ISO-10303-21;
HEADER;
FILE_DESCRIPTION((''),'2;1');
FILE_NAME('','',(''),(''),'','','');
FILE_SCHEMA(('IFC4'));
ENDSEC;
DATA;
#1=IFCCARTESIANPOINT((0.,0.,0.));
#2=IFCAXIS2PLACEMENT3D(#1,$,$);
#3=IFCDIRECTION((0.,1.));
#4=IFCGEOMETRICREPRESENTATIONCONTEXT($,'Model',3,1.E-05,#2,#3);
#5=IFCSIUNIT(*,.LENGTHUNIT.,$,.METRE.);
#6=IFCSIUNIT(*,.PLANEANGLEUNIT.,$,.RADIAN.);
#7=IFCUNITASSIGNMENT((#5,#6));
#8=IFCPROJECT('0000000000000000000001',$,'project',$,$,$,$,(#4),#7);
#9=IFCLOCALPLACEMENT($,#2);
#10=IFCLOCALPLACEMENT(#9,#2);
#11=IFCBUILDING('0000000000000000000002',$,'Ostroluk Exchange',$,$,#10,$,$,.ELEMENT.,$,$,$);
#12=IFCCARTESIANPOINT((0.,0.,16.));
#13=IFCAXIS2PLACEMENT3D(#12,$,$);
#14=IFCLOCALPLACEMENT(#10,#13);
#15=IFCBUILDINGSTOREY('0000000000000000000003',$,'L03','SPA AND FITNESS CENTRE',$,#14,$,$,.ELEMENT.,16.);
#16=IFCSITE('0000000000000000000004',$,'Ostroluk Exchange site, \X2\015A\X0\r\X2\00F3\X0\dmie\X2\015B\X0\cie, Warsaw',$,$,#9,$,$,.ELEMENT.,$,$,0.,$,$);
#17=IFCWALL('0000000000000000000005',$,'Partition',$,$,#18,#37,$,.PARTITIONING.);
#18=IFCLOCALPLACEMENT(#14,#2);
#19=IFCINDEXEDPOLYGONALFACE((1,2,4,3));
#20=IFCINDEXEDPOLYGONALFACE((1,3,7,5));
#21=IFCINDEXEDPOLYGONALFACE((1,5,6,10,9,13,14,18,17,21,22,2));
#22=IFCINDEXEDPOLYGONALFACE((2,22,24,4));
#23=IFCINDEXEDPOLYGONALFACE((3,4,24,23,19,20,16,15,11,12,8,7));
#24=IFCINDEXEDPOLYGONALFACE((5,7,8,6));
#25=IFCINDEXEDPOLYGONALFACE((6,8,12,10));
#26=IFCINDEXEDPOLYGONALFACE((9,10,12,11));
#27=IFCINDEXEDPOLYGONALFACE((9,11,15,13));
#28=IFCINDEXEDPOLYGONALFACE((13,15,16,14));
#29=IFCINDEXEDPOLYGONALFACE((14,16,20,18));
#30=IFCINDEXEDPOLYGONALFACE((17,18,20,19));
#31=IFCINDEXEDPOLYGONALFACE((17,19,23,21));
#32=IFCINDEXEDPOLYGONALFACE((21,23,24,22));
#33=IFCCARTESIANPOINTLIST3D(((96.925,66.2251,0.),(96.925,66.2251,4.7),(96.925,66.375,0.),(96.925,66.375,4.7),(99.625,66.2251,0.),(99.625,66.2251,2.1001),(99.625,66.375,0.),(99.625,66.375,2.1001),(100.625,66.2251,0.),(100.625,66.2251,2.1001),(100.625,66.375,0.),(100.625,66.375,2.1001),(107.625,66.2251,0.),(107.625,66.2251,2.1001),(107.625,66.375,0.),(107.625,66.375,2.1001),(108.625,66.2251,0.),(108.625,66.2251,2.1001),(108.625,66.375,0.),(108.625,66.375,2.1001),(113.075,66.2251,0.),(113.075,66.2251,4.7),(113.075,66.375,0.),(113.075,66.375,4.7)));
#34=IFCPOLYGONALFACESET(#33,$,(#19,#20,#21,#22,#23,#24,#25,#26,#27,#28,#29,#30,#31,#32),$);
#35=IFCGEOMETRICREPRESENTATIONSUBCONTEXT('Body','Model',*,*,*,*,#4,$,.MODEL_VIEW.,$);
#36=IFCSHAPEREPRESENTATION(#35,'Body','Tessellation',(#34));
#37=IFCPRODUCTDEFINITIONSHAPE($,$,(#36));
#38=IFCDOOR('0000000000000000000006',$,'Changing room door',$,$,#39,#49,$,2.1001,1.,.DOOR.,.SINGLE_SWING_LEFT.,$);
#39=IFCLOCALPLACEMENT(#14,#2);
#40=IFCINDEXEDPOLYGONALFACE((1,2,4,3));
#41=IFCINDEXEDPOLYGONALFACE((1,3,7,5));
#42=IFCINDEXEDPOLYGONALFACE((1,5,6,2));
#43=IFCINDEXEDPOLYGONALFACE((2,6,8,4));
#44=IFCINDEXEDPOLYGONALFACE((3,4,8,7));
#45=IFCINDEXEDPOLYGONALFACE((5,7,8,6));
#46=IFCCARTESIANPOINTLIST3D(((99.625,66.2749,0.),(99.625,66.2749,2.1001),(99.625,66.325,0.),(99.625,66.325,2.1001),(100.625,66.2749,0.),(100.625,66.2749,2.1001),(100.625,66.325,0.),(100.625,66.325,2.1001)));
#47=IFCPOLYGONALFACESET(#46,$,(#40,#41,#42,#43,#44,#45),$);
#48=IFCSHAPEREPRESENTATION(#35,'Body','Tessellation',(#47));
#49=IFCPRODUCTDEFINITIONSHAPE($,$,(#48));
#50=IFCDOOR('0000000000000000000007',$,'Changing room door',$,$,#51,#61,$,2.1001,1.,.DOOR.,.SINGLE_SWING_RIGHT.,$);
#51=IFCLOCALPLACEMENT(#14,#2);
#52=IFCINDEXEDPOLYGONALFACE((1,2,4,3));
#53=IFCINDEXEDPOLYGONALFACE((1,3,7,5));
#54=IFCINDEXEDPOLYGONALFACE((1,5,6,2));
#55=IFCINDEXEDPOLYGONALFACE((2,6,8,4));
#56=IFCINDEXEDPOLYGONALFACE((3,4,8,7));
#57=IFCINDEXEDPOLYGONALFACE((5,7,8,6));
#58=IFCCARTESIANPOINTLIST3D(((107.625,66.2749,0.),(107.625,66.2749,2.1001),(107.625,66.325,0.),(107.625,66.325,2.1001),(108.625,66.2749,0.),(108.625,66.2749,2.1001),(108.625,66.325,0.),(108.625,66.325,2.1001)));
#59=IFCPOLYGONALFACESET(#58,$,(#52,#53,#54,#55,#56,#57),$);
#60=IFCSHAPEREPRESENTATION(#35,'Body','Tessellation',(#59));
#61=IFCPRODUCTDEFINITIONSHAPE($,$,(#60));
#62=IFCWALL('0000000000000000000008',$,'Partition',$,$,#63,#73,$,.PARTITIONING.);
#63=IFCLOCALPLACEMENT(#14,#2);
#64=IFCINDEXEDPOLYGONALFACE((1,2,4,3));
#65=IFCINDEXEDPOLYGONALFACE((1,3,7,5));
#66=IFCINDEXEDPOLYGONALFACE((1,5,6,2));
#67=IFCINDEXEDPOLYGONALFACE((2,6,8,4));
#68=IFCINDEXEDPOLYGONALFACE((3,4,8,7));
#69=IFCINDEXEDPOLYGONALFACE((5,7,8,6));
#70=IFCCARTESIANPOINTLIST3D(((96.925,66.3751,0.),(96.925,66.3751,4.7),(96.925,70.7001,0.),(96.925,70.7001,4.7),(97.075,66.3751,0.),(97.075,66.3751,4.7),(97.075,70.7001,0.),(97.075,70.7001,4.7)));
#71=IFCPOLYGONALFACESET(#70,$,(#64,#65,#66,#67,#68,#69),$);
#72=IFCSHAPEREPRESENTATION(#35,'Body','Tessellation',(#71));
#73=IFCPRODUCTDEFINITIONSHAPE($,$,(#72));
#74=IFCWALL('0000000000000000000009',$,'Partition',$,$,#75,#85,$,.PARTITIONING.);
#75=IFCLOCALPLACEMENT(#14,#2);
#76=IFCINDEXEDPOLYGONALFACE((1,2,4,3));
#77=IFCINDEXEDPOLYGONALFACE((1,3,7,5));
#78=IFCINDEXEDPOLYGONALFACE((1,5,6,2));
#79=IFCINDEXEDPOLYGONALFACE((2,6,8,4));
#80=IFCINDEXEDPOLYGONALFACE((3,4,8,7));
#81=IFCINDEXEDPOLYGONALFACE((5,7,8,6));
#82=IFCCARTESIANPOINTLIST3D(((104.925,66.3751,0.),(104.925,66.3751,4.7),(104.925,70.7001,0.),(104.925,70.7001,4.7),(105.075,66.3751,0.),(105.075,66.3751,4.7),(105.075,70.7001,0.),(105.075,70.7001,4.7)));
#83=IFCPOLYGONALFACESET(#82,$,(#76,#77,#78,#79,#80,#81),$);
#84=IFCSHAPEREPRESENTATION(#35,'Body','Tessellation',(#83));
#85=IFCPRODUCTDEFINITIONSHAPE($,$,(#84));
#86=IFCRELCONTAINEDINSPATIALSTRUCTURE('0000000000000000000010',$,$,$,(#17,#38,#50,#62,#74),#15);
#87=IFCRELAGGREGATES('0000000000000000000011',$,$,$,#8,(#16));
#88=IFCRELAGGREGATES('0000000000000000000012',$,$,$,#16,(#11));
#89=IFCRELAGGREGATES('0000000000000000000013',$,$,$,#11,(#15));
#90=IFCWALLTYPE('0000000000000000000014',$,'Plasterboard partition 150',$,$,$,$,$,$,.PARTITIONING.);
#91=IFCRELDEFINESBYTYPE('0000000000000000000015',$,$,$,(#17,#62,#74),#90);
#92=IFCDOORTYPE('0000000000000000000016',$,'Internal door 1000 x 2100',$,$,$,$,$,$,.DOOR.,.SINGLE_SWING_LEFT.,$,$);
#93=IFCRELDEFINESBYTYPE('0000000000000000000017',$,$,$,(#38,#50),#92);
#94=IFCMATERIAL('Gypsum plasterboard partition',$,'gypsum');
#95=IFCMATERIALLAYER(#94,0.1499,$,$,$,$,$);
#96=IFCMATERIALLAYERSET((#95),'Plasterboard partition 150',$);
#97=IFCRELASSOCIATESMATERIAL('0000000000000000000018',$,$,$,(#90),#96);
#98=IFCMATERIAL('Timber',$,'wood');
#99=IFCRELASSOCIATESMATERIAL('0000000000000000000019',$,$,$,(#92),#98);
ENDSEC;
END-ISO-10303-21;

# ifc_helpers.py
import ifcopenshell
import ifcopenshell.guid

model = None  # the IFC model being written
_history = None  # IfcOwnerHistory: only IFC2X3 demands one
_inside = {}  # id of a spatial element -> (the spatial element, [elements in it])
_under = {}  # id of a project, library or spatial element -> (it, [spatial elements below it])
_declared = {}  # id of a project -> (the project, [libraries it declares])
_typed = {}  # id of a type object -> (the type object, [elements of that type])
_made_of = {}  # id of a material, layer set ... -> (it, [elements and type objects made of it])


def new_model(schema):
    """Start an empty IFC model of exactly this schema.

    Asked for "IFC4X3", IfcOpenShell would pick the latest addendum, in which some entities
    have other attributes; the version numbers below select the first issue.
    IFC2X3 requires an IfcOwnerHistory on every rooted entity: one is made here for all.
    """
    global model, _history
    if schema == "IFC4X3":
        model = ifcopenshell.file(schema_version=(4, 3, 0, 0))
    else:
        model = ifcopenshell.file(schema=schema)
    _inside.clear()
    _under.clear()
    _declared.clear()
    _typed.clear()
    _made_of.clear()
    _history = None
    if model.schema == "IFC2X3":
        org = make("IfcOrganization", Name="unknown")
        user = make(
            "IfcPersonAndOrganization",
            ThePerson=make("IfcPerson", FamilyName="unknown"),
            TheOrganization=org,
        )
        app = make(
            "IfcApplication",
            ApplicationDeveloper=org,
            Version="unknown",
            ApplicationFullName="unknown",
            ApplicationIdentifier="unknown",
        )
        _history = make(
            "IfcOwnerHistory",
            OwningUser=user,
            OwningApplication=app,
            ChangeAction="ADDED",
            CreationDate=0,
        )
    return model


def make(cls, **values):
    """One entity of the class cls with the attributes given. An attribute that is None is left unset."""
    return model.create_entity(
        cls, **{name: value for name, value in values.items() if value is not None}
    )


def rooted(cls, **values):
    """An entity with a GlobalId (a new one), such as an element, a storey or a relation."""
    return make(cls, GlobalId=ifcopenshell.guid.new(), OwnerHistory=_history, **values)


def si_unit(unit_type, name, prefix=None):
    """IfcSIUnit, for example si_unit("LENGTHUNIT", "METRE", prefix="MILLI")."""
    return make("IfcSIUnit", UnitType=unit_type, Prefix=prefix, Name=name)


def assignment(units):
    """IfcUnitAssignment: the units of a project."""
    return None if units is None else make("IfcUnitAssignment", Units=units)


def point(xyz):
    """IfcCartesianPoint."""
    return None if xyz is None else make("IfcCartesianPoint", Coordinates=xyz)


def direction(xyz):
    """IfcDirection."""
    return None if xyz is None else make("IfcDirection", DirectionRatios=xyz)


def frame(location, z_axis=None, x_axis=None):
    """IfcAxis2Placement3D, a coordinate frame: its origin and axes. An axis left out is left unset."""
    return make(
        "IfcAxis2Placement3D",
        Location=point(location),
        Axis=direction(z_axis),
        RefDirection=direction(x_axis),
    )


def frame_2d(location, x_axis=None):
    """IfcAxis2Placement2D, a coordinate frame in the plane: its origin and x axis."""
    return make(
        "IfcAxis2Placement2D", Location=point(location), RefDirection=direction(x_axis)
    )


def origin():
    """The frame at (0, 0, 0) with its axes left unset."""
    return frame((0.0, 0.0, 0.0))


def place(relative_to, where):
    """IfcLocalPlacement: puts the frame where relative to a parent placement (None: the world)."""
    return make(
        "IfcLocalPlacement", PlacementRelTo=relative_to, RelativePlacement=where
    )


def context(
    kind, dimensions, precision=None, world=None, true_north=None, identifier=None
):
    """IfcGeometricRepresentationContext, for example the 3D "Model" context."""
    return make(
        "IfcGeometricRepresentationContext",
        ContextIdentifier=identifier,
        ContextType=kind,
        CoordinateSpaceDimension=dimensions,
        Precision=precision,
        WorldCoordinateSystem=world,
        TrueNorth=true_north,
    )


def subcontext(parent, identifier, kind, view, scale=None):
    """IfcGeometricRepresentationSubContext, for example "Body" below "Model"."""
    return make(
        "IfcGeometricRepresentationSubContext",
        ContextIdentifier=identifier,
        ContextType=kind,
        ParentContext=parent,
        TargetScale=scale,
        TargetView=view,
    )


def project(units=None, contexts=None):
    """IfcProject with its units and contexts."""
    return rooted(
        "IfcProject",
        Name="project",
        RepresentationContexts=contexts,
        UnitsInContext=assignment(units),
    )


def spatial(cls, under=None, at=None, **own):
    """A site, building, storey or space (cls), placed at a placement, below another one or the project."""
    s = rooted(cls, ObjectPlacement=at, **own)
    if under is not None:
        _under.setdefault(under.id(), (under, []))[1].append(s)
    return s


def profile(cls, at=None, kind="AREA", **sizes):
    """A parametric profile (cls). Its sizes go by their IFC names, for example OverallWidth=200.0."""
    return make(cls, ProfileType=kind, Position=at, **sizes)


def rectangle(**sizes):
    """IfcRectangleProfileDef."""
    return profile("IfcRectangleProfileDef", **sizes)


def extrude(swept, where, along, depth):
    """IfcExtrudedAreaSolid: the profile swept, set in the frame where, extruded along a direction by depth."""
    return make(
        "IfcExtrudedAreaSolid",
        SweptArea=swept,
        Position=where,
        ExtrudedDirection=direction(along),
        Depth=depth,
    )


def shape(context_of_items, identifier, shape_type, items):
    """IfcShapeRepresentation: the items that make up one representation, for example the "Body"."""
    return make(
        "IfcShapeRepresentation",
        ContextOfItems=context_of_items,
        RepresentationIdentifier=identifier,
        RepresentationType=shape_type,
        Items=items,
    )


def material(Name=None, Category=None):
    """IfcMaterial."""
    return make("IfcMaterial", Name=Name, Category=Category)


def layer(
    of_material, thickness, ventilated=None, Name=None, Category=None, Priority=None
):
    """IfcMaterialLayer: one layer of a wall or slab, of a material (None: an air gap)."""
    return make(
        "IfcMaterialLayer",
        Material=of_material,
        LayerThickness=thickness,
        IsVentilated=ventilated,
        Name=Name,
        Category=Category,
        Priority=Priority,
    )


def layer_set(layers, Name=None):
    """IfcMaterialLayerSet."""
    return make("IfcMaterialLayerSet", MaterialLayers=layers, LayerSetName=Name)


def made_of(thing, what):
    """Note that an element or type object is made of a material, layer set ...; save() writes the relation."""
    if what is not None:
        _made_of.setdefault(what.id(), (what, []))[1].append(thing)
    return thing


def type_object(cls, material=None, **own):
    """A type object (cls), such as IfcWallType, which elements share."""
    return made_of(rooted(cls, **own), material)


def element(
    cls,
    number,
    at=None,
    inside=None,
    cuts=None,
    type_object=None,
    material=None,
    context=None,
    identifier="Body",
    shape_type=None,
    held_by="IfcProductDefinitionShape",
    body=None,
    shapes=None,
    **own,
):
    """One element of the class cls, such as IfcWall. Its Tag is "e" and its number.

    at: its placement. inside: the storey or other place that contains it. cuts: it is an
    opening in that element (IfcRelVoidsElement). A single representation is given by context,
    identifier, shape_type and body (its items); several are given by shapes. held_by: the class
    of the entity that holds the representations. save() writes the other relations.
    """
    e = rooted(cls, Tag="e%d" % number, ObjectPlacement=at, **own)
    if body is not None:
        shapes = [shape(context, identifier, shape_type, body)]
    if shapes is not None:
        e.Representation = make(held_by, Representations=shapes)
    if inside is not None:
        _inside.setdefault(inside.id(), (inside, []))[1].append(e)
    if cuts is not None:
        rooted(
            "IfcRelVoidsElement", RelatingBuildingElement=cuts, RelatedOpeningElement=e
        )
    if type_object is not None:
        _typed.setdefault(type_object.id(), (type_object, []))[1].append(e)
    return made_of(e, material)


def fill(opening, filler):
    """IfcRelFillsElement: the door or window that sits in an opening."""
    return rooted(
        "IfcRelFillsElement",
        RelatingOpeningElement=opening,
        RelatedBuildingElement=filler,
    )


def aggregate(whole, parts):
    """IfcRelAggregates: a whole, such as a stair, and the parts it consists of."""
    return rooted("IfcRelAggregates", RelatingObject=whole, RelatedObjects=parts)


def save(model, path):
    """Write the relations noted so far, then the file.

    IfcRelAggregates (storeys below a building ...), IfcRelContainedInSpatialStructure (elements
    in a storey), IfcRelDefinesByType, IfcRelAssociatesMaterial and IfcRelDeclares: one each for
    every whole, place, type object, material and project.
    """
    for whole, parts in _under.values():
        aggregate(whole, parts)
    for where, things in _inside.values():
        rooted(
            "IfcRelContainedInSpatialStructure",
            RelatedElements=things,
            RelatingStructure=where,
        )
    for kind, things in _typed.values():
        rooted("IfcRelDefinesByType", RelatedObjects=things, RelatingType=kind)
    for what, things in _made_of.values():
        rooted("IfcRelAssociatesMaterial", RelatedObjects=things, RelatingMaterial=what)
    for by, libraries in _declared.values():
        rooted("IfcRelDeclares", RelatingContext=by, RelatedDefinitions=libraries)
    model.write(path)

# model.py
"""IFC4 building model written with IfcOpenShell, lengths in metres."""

from ifc_helpers import new_model, si_unit, direction, frame, frame_2d, origin, place, context, subcontext, project, spatial, rectangle, extrude, material, layer, layer_set, type_object, element, fill, save


model = new_model("IFC4")

# Units and contexts
model_context = context("Model", 3, precision=1e-05, world=origin(), true_north=direction((0.0, 1.0)))
body_context = subcontext(model_context, "Body", "Model", "MODEL_VIEW")
ifc_project = project(units=[si_unit("LENGTHUNIT", "METRE"), si_unit("PLANEANGLEUNIT", "RADIAN")], contexts=[model_context])

# Site, building, storey
site_placement = place(None, origin())
site = spatial("IfcSite", under=ifc_project, at=site_placement, Name="Ostroluk Exchange site, Śródmieście, Warsaw", CompositionType="ELEMENT", RefElevation=0.0)
building_placement = place(site_placement, origin())
building = spatial("IfcBuilding", under=site, at=building_placement, Name="Ostroluk Exchange", CompositionType="ELEMENT")
storey_placement = place(building_placement, frame((0.0, 0.0, 16.0)))
storey = spatial("IfcBuildingStorey", under=building, at=storey_placement, Name="L03", Description="SPA AND FITNESS CENTRE", CompositionType="ELEMENT", Elevation=16.0)

# Wall, openings, doors
ifc_material_1 = material(Name="Gypsum plasterboard partition", Category="gypsum")
ifc_layer_1 = layer(ifc_material_1, 0.1499)
ifc_layer_set_1 = layer_set([ifc_layer_1], Name="Plasterboard partition 150")
wall_type_1 = type_object("IfcWallType", Name="Plasterboard partition 150", PredefinedType="PARTITIONING", material=ifc_layer_set_1)
wall_1_placement = place(storey_placement, frame((96.925, 66.3, 0.0), z_axis=(0.0, 0.0, 1.0), x_axis=(1.0, 0.0, 0.0)))
wall_1 = element("IfcWall", 1, at=wall_1_placement, inside=storey, type_object=wall_type_1, Name="Partition", PredefinedType="PARTITIONING", context=body_context, shape_type="SweptSolid", body=[
    extrude(rectangle(XDim=16.1499, YDim=0.1499, at=frame_2d((8.075, 0.0))), origin(), (0.0, 0.0, 1.0), 4.7),
])
opening_1_placement = place(wall_1_placement, frame((2.7, 0.0, 0.0)))
opening_1 = element("IfcOpeningElement", 2, at=opening_1_placement, cuts=wall_1, PredefinedType="OPENING", context=body_context, shape_type="SweptSolid", body=[
    extrude(rectangle(XDim=1.0, YDim=2.1001, at=frame_2d((0.5, 1.05))), frame((0.0, 0.085, 0.0), z_axis=(0.0, -1.0, 0.0), x_axis=(1.0, 0.0, 0.0)), (0.0, 0.0, 1.0), 0.1699),
])
opening_2_placement = place(wall_1_placement, frame((10.7, 0.0, 0.0)))
opening_2 = element("IfcOpeningElement", 3, at=opening_2_placement, cuts=wall_1, PredefinedType="OPENING", context=body_context, shape_type="SweptSolid", body=[
    extrude(rectangle(XDim=1.0, YDim=2.1001, at=frame_2d((0.5, 1.05))), frame((0.0, 0.085, 0.0), z_axis=(0.0, -1.0, 0.0), x_axis=(1.0, 0.0, 0.0)), (0.0, 0.0, 1.0), 0.1699),
])
ifc_material_2 = material(Name="Timber", Category="wood")
door_type = type_object("IfcDoorType", Name="Internal door 1000 x 2100", OperationType="SINGLE_SWING_LEFT", PredefinedType="DOOR", material=ifc_material_2)
door_1_placement = place(opening_1_placement, origin())
door_1 = element("IfcDoor", 4, at=door_1_placement, inside=storey, type_object=door_type, Name="Changing room door", OperationType="SINGLE_SWING_LEFT", OverallHeight=2.1001, OverallWidth=1.0, PredefinedType="DOOR", context=body_context, shape_type="SweptSolid", body=[
    extrude(rectangle(XDim=1.0, YDim=2.1001, at=frame_2d((0.5, 1.05))), frame((0.0, 0.0249, 0.0), z_axis=(0.0, -1.0, 0.0), x_axis=(1.0, 0.0, 0.0)), (0.0, 0.0, 1.0), 0.05),
])
fill(opening_1, door_1)
door_2_placement = place(opening_2_placement, origin())
door_2 = element("IfcDoor", 5, at=door_2_placement, inside=storey, type_object=door_type, Name="Changing room door", OperationType="SINGLE_SWING_RIGHT", OverallHeight=2.1001, OverallWidth=1.0, PredefinedType="DOOR", context=body_context, shape_type="SweptSolid", body=[
    extrude(rectangle(XDim=1.0, YDim=2.1001, at=frame_2d((0.5, 1.05))), frame((0.0, 0.0249, 0.0), z_axis=(0.0, -1.0, 0.0), x_axis=(1.0, 0.0, 0.0)), (0.0, 0.0, 1.0), 0.05),
])
fill(opening_2, door_2)

# Walls
for number, where, z_axis, x_axis, name in (
    (6, (97.0, 66.375, 0.0), (0.0, 0.0, 1.0), (0.0, 1.0, 0.0), "Partition"),
    (7, (105.0, 66.375, 0.0), (0.0, 0.0, 1.0), (0.0, 1.0, 0.0), "Partition"),
):
    element("IfcWall", number, at=place(storey_placement, frame(where, z_axis=z_axis, x_axis=x_axis)), inside=storey, type_object=wall_type_1, Name=name, PredefinedType="PARTITIONING", context=body_context, shape_type="SweptSolid", body=[
        extrude(rectangle(XDim=4.325, YDim=0.1499, at=frame_2d((2.1626, 0.0))), origin(), (0.0, 0.0, 1.0), 4.7),
    ])

save(model, "model.ifc")
